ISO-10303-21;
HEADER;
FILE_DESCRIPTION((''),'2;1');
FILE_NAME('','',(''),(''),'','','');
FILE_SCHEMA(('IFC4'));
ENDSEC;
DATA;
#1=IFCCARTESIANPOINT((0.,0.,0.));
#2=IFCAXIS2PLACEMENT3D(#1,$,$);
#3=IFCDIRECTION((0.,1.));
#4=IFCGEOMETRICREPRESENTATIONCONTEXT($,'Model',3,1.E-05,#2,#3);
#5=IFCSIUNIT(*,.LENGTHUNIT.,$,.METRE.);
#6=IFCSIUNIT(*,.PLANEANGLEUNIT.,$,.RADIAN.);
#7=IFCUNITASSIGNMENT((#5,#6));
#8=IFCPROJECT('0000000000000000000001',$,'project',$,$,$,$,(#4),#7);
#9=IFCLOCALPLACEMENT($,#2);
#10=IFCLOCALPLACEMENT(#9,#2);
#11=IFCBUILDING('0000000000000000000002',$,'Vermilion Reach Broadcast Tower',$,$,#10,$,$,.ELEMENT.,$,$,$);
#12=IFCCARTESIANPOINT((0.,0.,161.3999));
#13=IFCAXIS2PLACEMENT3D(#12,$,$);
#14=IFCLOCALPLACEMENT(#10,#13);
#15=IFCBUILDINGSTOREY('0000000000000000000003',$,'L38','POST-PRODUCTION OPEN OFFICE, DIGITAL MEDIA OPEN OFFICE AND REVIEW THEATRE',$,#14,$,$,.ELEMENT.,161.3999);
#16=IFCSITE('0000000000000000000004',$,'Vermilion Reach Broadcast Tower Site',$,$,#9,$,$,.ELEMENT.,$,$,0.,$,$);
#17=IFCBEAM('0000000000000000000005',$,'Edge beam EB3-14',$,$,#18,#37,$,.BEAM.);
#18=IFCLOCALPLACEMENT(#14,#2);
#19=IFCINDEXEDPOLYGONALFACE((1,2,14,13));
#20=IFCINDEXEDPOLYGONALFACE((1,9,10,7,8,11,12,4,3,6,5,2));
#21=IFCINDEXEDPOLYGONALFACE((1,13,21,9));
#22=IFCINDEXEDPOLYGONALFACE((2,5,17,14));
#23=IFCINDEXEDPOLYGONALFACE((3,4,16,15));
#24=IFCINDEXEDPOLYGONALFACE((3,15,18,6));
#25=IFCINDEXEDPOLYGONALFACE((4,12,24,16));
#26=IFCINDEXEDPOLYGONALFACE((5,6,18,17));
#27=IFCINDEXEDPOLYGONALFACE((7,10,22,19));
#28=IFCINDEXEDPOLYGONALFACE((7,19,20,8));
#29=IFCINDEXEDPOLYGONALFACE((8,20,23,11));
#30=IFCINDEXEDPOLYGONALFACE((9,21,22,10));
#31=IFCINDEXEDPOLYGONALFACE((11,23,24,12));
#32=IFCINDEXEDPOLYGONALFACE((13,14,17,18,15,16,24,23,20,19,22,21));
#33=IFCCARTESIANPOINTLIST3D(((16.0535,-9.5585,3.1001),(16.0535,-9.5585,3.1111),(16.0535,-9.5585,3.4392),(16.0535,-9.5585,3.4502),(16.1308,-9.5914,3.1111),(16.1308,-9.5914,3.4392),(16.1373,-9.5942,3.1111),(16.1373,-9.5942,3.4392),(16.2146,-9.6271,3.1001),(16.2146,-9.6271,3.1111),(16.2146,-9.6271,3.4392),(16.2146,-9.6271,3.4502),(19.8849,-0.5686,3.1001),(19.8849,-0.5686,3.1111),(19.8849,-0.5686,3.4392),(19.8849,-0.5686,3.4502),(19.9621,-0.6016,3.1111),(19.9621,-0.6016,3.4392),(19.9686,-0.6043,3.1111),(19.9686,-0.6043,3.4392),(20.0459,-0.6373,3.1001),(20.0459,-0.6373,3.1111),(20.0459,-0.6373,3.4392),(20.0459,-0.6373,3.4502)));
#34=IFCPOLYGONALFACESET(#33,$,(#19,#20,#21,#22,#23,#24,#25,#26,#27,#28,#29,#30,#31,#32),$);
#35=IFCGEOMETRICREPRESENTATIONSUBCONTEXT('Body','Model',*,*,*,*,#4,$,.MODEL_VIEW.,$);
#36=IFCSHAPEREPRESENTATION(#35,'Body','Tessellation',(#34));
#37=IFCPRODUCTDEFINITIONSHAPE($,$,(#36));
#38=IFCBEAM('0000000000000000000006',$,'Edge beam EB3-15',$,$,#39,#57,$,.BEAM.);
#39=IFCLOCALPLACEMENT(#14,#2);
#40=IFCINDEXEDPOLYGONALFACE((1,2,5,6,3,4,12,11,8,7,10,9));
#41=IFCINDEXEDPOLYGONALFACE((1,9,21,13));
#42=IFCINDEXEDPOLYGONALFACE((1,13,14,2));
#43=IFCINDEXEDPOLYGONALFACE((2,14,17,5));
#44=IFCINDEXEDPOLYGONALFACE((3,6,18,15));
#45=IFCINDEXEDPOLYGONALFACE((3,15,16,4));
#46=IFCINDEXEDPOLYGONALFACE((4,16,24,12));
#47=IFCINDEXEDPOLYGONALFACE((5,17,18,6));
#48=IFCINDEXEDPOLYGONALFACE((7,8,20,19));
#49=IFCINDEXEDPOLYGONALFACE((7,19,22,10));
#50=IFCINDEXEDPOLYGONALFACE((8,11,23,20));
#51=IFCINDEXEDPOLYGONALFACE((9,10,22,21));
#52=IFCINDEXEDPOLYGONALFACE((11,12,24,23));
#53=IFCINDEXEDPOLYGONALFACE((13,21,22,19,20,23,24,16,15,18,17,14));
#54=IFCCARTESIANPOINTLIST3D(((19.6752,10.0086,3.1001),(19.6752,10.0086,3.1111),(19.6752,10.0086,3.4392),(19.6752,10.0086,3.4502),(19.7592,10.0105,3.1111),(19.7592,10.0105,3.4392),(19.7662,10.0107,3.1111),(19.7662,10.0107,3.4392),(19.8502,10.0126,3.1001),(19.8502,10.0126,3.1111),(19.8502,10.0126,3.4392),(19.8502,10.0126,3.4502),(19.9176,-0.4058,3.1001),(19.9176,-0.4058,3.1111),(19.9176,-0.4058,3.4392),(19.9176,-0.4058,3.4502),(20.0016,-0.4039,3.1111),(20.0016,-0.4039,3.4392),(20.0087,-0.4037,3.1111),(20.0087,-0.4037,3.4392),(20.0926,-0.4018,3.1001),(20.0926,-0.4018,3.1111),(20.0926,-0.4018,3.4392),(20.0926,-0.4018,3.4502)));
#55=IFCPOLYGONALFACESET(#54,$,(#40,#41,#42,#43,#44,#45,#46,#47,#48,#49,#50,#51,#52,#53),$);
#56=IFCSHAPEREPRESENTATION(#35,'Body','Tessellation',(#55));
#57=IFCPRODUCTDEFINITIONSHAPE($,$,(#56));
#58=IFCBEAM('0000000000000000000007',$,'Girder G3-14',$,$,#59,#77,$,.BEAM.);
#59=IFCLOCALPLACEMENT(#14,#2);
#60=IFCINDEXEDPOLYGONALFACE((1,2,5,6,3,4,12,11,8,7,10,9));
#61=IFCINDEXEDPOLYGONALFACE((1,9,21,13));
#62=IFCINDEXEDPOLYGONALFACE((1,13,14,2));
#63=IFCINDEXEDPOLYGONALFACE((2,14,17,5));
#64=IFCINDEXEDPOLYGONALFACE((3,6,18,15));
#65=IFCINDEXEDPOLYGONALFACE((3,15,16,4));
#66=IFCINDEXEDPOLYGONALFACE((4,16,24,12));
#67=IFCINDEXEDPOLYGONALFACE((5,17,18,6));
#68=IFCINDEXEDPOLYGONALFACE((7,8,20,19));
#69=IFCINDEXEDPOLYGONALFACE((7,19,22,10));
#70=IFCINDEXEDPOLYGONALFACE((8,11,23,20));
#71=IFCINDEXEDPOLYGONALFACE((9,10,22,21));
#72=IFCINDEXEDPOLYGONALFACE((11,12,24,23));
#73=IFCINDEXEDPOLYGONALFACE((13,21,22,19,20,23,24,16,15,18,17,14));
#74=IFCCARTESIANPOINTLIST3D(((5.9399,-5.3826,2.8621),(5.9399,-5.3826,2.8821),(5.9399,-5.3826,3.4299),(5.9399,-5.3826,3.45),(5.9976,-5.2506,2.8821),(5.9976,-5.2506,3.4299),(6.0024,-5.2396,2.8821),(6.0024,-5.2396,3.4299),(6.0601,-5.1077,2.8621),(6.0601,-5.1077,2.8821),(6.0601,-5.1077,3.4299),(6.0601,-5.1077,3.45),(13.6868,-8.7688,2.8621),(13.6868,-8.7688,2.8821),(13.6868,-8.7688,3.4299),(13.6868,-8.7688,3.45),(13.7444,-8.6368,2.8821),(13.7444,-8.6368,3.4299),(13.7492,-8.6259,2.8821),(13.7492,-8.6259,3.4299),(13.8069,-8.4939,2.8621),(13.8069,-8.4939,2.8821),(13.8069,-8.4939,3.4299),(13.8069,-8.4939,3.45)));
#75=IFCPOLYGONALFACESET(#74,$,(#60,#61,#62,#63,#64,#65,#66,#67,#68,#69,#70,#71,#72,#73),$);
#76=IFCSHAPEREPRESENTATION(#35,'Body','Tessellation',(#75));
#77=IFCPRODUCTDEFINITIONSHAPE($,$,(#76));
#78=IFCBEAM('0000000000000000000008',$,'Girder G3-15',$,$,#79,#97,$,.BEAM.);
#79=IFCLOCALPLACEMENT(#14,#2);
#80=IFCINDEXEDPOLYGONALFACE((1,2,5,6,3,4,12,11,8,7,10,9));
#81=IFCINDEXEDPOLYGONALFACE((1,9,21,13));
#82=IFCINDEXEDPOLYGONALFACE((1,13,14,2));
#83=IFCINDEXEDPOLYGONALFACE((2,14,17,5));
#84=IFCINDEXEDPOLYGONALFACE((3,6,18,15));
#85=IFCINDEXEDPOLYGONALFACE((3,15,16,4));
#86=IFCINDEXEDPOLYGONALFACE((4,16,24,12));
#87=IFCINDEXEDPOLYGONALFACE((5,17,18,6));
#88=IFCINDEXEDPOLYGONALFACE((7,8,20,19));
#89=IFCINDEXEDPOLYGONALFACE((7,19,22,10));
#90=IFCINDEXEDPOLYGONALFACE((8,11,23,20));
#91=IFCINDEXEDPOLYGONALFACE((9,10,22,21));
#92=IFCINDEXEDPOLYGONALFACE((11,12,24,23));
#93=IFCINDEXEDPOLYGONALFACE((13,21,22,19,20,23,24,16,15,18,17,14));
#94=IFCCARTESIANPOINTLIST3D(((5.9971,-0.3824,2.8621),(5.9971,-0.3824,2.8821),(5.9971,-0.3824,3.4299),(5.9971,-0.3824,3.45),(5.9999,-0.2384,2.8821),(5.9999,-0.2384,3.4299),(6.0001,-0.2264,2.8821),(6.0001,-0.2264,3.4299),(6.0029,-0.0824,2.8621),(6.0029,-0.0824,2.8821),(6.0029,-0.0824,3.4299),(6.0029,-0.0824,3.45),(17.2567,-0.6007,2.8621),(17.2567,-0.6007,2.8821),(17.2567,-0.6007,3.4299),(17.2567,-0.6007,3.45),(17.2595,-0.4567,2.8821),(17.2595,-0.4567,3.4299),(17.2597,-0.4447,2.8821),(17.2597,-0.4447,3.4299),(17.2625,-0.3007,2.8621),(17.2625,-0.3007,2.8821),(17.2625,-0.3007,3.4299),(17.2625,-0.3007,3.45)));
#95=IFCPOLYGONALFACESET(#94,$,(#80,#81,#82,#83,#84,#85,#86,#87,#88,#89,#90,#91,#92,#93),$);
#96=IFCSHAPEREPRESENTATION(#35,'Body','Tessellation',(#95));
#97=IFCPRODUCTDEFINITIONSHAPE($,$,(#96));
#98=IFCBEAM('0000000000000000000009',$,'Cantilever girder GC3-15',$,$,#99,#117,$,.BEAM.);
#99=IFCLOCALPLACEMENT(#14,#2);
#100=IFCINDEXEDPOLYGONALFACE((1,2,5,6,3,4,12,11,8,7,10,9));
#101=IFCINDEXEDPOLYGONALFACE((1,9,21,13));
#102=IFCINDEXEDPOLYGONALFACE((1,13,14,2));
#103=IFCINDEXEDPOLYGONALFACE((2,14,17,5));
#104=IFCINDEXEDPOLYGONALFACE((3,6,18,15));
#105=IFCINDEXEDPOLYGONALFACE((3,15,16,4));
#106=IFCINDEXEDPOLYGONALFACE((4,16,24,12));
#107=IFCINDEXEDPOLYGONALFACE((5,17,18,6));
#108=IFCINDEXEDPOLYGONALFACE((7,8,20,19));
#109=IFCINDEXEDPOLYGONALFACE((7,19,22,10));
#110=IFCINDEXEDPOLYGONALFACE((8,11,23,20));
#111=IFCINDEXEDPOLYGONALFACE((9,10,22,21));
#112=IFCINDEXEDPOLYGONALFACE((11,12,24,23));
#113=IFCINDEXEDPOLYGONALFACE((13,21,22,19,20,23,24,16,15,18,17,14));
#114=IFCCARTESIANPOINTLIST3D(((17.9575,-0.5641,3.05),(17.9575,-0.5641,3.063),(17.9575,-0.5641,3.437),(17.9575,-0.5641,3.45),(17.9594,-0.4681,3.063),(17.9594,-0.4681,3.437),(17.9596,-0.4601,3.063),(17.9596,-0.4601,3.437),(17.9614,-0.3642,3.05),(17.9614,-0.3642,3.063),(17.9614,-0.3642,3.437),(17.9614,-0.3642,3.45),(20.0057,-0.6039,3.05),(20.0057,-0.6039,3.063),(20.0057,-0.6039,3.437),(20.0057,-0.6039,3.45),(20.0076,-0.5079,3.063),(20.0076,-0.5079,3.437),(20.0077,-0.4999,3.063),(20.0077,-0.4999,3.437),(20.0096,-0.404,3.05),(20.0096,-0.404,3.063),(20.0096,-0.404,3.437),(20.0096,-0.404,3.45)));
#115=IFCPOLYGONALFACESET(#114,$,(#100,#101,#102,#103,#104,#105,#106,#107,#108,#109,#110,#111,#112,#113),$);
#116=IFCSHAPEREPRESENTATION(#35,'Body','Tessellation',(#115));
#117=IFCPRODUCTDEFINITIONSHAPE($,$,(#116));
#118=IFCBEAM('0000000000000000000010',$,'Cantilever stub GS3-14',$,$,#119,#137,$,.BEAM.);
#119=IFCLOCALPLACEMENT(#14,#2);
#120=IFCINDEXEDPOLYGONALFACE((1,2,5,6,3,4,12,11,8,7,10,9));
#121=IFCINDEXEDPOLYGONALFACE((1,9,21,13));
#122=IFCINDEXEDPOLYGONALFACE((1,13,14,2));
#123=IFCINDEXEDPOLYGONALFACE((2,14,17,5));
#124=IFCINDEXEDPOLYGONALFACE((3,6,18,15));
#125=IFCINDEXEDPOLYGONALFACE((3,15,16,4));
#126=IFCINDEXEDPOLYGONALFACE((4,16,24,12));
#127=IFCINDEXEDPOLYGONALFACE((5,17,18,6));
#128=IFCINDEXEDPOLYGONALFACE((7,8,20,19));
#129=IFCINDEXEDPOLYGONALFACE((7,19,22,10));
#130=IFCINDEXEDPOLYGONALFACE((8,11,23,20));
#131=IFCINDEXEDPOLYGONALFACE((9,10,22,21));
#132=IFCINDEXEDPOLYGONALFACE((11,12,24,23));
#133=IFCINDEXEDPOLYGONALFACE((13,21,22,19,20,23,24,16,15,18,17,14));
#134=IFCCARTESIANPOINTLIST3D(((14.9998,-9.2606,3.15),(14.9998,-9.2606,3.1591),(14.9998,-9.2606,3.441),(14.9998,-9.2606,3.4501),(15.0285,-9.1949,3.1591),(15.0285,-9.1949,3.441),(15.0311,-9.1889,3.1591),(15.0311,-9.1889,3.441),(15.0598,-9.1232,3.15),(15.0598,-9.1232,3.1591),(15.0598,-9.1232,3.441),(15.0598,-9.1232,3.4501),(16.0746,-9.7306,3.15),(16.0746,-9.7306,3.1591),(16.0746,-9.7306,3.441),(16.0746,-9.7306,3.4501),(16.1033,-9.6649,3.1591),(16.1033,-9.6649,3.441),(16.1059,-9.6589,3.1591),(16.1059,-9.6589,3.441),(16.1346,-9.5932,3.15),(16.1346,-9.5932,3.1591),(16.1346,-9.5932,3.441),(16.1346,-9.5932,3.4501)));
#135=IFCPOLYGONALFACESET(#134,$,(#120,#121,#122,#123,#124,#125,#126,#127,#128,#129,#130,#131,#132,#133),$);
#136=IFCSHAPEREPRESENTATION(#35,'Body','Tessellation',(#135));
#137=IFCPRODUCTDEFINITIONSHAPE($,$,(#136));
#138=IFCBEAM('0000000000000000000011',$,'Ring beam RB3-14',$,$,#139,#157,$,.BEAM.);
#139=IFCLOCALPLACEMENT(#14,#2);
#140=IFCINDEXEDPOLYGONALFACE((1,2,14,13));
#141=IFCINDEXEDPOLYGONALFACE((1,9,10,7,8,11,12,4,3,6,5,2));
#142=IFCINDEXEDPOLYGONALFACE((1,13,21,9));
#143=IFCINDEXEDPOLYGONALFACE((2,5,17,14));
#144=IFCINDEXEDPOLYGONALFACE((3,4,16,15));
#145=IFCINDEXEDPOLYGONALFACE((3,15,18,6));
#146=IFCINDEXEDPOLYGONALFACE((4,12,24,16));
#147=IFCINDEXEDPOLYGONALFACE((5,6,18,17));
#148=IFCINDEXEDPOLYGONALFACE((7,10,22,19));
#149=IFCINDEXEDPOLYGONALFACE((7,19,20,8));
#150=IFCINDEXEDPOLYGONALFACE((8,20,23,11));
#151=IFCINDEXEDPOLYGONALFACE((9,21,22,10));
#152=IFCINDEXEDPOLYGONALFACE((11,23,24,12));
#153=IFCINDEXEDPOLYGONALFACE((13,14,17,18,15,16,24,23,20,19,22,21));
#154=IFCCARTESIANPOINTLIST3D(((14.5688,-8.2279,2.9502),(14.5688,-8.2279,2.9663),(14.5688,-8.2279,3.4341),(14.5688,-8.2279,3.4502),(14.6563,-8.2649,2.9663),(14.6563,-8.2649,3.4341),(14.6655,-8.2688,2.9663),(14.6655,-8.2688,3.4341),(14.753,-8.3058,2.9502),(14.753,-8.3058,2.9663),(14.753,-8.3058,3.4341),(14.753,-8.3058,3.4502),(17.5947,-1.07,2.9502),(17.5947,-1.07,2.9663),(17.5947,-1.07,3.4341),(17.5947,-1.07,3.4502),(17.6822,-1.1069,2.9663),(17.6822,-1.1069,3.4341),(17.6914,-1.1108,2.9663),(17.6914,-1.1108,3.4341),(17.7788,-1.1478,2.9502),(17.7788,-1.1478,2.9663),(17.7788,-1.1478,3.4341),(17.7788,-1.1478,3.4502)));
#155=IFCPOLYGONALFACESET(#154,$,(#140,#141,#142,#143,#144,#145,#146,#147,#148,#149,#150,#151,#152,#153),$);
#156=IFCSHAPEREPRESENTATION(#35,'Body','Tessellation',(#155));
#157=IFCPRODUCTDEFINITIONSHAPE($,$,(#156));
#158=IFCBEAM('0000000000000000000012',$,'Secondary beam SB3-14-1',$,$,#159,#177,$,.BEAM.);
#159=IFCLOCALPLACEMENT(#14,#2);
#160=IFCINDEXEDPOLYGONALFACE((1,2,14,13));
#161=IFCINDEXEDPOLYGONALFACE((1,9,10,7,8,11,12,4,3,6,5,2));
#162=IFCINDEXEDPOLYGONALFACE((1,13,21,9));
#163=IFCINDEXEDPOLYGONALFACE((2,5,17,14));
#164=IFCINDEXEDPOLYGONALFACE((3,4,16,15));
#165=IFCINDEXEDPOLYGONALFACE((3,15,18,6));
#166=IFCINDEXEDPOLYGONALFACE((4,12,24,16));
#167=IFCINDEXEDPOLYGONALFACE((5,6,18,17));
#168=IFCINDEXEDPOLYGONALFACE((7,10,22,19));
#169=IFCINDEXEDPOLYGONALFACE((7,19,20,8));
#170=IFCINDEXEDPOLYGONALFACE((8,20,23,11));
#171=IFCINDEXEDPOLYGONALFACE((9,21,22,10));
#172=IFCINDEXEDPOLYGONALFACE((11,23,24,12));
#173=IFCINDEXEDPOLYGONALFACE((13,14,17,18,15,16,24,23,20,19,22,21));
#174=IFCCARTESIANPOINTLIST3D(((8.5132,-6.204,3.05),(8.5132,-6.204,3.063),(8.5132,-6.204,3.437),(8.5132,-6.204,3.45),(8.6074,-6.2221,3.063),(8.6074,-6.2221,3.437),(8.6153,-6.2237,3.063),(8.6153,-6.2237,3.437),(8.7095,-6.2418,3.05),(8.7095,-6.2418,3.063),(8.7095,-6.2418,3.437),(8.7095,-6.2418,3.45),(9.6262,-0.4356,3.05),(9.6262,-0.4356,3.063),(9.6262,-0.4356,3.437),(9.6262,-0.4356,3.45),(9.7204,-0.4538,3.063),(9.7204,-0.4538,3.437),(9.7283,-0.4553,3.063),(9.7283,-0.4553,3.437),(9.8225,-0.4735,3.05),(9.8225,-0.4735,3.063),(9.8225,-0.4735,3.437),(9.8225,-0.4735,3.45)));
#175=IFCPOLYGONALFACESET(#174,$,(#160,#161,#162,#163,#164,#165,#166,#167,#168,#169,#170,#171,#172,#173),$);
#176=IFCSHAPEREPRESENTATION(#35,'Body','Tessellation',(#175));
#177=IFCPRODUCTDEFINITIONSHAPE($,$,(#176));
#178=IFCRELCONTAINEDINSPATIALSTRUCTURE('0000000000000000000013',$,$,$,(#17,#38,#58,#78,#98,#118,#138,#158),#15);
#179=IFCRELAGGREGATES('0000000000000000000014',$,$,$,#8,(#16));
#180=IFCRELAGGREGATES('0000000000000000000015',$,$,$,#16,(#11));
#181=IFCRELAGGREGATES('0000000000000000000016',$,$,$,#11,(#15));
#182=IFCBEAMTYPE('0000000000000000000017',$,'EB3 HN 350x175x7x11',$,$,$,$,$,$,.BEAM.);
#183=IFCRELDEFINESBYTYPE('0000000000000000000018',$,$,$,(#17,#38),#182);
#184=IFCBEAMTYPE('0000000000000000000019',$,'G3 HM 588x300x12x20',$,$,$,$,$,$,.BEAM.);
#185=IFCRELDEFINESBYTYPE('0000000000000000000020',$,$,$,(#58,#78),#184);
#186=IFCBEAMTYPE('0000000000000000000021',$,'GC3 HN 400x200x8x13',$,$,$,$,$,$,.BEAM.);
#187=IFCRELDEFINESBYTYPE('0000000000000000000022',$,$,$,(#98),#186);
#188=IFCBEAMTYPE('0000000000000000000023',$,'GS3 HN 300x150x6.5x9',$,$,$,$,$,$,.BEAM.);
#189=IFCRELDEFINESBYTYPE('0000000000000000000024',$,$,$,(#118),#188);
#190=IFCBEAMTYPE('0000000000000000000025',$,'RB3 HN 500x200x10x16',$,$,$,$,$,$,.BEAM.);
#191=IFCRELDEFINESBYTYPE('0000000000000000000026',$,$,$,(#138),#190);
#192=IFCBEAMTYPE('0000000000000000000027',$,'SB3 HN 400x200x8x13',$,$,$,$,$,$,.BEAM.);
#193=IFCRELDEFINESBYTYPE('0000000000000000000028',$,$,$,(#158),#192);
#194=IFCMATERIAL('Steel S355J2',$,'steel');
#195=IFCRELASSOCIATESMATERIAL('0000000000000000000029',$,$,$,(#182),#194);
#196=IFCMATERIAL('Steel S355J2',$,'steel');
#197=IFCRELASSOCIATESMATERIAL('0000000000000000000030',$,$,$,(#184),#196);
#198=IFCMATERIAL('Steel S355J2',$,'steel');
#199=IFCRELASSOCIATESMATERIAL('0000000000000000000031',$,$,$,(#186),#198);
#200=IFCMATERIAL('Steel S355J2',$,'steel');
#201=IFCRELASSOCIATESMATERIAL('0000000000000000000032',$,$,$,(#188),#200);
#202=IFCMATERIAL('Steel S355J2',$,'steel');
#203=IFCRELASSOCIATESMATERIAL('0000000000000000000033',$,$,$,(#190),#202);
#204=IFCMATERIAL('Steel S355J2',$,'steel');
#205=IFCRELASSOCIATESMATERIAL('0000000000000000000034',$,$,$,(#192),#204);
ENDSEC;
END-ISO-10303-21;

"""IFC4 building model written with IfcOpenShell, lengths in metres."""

from ifc_helpers import new_model, si_unit, direction, frame, origin, origin_2d, place, context, subcontext, project, spatial, i_section, extrude, material, material_profile, profile_set, type_object, element, save


model = new_model("IFC4")

# Units and contexts
model_context = context("Model", 3, precision=1e-05, world=origin(), true_north=direction((0.0, 1.0)))
body_context = subcontext(model_context, "Body", "Model", "MODEL_VIEW")
ifc_project = project(units=[si_unit("LENGTHUNIT", "METRE"), si_unit("PLANEANGLEUNIT", "RADIAN")], contexts=[model_context])

# Site, building, storey
site_placement = place(None, origin())
site = spatial("IfcSite", under=ifc_project, at=site_placement, Name="Vermilion Reach Broadcast Tower Site", CompositionType="ELEMENT", RefElevation=0.0)
building_placement = place(site_placement, origin())
building = spatial("IfcBuilding", under=site, at=building_placement, Name="Vermilion Reach Broadcast Tower", CompositionType="ELEMENT")
storey_placement = place(building_placement, frame((0.0, 0.0, 161.3999)))
storey = spatial("IfcBuildingStorey", under=building, at=storey_placement, Name="L38", Description="POST-PRODUCTION OPEN OFFICE, DIGITAL MEDIA OPEN OFFICE AND REVIEW THEATRE", CompositionType="ELEMENT", Elevation=161.3999)

# Beams
ifc_material_1 = material(Name="Steel S355J2", Category="steel")
ifc_material_profile_1 = material_profile(ifc_material_1, i_section(OverallWidth=0.175, OverallDepth=0.3501, WebThickness=0.0071, FlangeThickness=0.011, at=origin_2d()), Name="S355J2 HN 350x175x7x11")
ifc_profile_set_1 = profile_set([ifc_material_profile_1], Name="Steel S355J2")
beam_type_1 = type_object("IfcBeamType", Name="EB3 HN 350x175x7x11", PredefinedType="BEAM", material=ifc_profile_set_1)
beam_1_placement = place(storey_placement, frame((16.134, -9.5928, 3.2751), z_axis=(0.392064, 0.919938, 0.0), x_axis=(-0.919938, 0.392064, 0.0)))
element("IfcBeam", 1, at=beam_1_placement, inside=storey, type_object=beam_type_1, Name="Edge beam EB3-14", PredefinedType="BEAM", context=body_context, shape_type="SweptSolid", body=[
    extrude(i_section(OverallWidth=0.175, OverallDepth=0.3501, WebThickness=0.0071, FlangeThickness=0.011, at=origin_2d()), origin(), (0.0, 0.0, 1.0), 9.7722),
])
beam_2_placement = place(storey_placement, frame((20.0051, -0.4038, 3.2751), z_axis=(-0.023272, 0.999729, 0.0), x_axis=(-0.999729, -0.023272, 0.0)))
element("IfcBeam", 2, at=beam_2_placement, inside=storey, type_object=beam_type_1, Name="Edge beam EB3-15", PredefinedType="BEAM", context=body_context, shape_type="SweptSolid", body=[
    extrude(i_section(OverallWidth=0.175, OverallDepth=0.3501, WebThickness=0.0071, FlangeThickness=0.011, at=origin_2d()), origin(), (0.0, 0.0, 1.0), 10.4172),
])
ifc_material_2 = material(Name="Steel S355J2", Category="steel")
ifc_material_profile_2 = material_profile(ifc_material_2, i_section(OverallWidth=0.3, OverallDepth=0.5879, WebThickness=0.012, FlangeThickness=0.02, at=origin_2d()), Name="S355J2 HM 588x300x12x20")
ifc_profile_set_2 = profile_set([ifc_material_profile_2], Name="Steel S355J2")
beam_type_2 = type_object("IfcBeamType", Name="G3 HM 588x300x12x20", PredefinedType="BEAM", material=ifc_profile_set_2)
beam_3_placement = place(storey_placement, frame((6.0, -5.2451, 3.156), z_axis=(0.916288, -0.40052, 0.0), x_axis=(0.40052, 0.916288, 0.0)))
element("IfcBeam", 3, at=beam_3_placement, inside=storey, type_object=beam_type_2, Name="Girder G3-14", PredefinedType="BEAM", context=body_context, shape_type="SweptSolid", body=[
    extrude(i_section(OverallWidth=0.3, OverallDepth=0.5879, WebThickness=0.012, FlangeThickness=0.02, at=origin_2d()), origin(), (0.0, 0.0, 1.0), 8.4546),
])
beam_4_placement = place(storey_placement, frame((6.0, -0.2324, 3.156), z_axis=(0.999812, -0.019381, 0.0), x_axis=(0.019381, 0.999812, 0.0)))
element("IfcBeam", 4, at=beam_4_placement, inside=storey, type_object=beam_type_2, Name="Girder G3-15", PredefinedType="BEAM", context=body_context, shape_type="SweptSolid", body=[
    extrude(i_section(OverallWidth=0.3, OverallDepth=0.5879, WebThickness=0.012, FlangeThickness=0.02, at=origin_2d()), origin(), (0.0, 0.0, 1.0), 11.2617),
])
ifc_material_3 = material(Name="Steel S355J2", Category="steel")
ifc_material_profile_3 = material_profile(ifc_material_3, i_section(OverallWidth=0.2, OverallDepth=0.3999, WebThickness=0.0081, FlangeThickness=0.0129, at=origin_2d()), Name="S355J2 HN 400x200x8x13")
ifc_profile_set_3 = profile_set([ifc_material_profile_3], Name="Steel S355J2")
beam_type_3 = type_object("IfcBeamType", Name="GC3 HN 400x200x8x13", PredefinedType="BEAM", material=ifc_profile_set_3)
beam_5_placement = place(storey_placement, frame((17.9595, -0.4641, 3.25), z_axis=(0.999811, -0.019427, 0.0), x_axis=(0.019427, 0.999811, 0.0)))
element("IfcBeam", 5, at=beam_5_placement, inside=storey, type_object=beam_type_3, Name="Cantilever girder GC3-15", PredefinedType="BEAM", context=body_context, shape_type="SweptSolid", body=[
    extrude(i_section(OverallWidth=0.2, OverallDepth=0.3999, WebThickness=0.0081, FlangeThickness=0.0129, at=origin_2d()), origin(), (0.0, 0.0, 1.0), 2.0486),
])
ifc_material_4 = material(Name="Steel S355J2", Category="steel")
ifc_material_profile_4 = material_profile(ifc_material_4, i_section(OverallWidth=0.1499, OverallDepth=0.3, WebThickness=0.0066, FlangeThickness=0.009, at=origin_2d()), Name="S355J2 HN 300x150x6.5x9")
ifc_profile_set_4 = profile_set([ifc_material_profile_4], Name="Steel S355J2")
beam_type_4 = type_object("IfcBeamType", Name="GS3 HN 300x150x6.5x9", PredefinedType="BEAM", material=ifc_profile_set_4)
beam_6_placement = place(storey_placement, frame((15.0298, -9.1919, 3.3), z_axis=(0.916224, -0.400666, 0.0), x_axis=(0.400666, 0.916224, 0.0)))
element("IfcBeam", 6, at=beam_6_placement, inside=storey, type_object=beam_type_4, Name="Cantilever stub GS3-14", PredefinedType="BEAM", context=body_context, shape_type="SweptSolid", body=[
    extrude(i_section(OverallWidth=0.1499, OverallDepth=0.3, WebThickness=0.0066, FlangeThickness=0.009, at=origin_2d()), origin(), (0.0, 0.0, 1.0), 1.1731),
])
ifc_material_5 = material(Name="Steel S355J2", Category="steel")
ifc_material_profile_5 = material_profile(ifc_material_5, i_section(OverallWidth=0.2, OverallDepth=0.5, WebThickness=0.01, FlangeThickness=0.0161, at=origin_2d()), Name="S355J2 HN 500x200x10x16")
ifc_profile_set_5 = profile_set([ifc_material_profile_5], Name="Steel S355J2")
beam_type_5 = type_object("IfcBeamType", Name="RB3 HN 500x200x10x16", PredefinedType="BEAM", material=ifc_profile_set_5)
beam_7_placement = place(storey_placement, frame((14.6609, -8.2668, 3.2002), z_axis=(0.389368, 0.921082, 0.0), x_axis=(-0.921082, 0.389368, 0.0)))
element("IfcBeam", 7, at=beam_7_placement, inside=storey, type_object=beam_type_5, Name="Ring beam RB3-14", PredefinedType="BEAM", context=body_context, shape_type="SweptSolid", body=[
    extrude(i_section(OverallWidth=0.2, OverallDepth=0.5, WebThickness=0.01, FlangeThickness=0.0161, at=origin_2d()), origin(), (0.0, 0.0, 1.0), 7.7712),
])
ifc_material_6 = material(Name="Steel S355J2", Category="steel")
ifc_material_profile_6 = material_profile(ifc_material_6, i_section(OverallWidth=0.2, OverallDepth=0.3999, WebThickness=0.0081, FlangeThickness=0.0129, at=origin_2d()), Name="S355J2 HN 400x200x8x13")
ifc_profile_set_6 = profile_set([ifc_material_profile_6], Name="Steel S355J2")
beam_type_6 = type_object("IfcBeamType", Name="SB3 HN 400x200x8x13", PredefinedType="BEAM", material=ifc_profile_set_6)
beam_8_placement = place(storey_placement, frame((8.6113, -6.2229, 3.25), z_axis=(0.189462, 0.981888, 0.0), x_axis=(-0.981888, 0.189462, 0.0)))
element("IfcBeam", 8, at=beam_8_placement, inside=storey, type_object=beam_type_6, Name="Secondary beam SB3-14-1", PredefinedType="BEAM", context=body_context, shape_type="SweptSolid", body=[
    extrude(i_section(OverallWidth=0.2, OverallDepth=0.3999, WebThickness=0.0081, FlangeThickness=0.0129, at=origin_2d()), origin(), (0.0, 0.0, 1.0), 5.8748),
])

save(model, "model.ifc")
